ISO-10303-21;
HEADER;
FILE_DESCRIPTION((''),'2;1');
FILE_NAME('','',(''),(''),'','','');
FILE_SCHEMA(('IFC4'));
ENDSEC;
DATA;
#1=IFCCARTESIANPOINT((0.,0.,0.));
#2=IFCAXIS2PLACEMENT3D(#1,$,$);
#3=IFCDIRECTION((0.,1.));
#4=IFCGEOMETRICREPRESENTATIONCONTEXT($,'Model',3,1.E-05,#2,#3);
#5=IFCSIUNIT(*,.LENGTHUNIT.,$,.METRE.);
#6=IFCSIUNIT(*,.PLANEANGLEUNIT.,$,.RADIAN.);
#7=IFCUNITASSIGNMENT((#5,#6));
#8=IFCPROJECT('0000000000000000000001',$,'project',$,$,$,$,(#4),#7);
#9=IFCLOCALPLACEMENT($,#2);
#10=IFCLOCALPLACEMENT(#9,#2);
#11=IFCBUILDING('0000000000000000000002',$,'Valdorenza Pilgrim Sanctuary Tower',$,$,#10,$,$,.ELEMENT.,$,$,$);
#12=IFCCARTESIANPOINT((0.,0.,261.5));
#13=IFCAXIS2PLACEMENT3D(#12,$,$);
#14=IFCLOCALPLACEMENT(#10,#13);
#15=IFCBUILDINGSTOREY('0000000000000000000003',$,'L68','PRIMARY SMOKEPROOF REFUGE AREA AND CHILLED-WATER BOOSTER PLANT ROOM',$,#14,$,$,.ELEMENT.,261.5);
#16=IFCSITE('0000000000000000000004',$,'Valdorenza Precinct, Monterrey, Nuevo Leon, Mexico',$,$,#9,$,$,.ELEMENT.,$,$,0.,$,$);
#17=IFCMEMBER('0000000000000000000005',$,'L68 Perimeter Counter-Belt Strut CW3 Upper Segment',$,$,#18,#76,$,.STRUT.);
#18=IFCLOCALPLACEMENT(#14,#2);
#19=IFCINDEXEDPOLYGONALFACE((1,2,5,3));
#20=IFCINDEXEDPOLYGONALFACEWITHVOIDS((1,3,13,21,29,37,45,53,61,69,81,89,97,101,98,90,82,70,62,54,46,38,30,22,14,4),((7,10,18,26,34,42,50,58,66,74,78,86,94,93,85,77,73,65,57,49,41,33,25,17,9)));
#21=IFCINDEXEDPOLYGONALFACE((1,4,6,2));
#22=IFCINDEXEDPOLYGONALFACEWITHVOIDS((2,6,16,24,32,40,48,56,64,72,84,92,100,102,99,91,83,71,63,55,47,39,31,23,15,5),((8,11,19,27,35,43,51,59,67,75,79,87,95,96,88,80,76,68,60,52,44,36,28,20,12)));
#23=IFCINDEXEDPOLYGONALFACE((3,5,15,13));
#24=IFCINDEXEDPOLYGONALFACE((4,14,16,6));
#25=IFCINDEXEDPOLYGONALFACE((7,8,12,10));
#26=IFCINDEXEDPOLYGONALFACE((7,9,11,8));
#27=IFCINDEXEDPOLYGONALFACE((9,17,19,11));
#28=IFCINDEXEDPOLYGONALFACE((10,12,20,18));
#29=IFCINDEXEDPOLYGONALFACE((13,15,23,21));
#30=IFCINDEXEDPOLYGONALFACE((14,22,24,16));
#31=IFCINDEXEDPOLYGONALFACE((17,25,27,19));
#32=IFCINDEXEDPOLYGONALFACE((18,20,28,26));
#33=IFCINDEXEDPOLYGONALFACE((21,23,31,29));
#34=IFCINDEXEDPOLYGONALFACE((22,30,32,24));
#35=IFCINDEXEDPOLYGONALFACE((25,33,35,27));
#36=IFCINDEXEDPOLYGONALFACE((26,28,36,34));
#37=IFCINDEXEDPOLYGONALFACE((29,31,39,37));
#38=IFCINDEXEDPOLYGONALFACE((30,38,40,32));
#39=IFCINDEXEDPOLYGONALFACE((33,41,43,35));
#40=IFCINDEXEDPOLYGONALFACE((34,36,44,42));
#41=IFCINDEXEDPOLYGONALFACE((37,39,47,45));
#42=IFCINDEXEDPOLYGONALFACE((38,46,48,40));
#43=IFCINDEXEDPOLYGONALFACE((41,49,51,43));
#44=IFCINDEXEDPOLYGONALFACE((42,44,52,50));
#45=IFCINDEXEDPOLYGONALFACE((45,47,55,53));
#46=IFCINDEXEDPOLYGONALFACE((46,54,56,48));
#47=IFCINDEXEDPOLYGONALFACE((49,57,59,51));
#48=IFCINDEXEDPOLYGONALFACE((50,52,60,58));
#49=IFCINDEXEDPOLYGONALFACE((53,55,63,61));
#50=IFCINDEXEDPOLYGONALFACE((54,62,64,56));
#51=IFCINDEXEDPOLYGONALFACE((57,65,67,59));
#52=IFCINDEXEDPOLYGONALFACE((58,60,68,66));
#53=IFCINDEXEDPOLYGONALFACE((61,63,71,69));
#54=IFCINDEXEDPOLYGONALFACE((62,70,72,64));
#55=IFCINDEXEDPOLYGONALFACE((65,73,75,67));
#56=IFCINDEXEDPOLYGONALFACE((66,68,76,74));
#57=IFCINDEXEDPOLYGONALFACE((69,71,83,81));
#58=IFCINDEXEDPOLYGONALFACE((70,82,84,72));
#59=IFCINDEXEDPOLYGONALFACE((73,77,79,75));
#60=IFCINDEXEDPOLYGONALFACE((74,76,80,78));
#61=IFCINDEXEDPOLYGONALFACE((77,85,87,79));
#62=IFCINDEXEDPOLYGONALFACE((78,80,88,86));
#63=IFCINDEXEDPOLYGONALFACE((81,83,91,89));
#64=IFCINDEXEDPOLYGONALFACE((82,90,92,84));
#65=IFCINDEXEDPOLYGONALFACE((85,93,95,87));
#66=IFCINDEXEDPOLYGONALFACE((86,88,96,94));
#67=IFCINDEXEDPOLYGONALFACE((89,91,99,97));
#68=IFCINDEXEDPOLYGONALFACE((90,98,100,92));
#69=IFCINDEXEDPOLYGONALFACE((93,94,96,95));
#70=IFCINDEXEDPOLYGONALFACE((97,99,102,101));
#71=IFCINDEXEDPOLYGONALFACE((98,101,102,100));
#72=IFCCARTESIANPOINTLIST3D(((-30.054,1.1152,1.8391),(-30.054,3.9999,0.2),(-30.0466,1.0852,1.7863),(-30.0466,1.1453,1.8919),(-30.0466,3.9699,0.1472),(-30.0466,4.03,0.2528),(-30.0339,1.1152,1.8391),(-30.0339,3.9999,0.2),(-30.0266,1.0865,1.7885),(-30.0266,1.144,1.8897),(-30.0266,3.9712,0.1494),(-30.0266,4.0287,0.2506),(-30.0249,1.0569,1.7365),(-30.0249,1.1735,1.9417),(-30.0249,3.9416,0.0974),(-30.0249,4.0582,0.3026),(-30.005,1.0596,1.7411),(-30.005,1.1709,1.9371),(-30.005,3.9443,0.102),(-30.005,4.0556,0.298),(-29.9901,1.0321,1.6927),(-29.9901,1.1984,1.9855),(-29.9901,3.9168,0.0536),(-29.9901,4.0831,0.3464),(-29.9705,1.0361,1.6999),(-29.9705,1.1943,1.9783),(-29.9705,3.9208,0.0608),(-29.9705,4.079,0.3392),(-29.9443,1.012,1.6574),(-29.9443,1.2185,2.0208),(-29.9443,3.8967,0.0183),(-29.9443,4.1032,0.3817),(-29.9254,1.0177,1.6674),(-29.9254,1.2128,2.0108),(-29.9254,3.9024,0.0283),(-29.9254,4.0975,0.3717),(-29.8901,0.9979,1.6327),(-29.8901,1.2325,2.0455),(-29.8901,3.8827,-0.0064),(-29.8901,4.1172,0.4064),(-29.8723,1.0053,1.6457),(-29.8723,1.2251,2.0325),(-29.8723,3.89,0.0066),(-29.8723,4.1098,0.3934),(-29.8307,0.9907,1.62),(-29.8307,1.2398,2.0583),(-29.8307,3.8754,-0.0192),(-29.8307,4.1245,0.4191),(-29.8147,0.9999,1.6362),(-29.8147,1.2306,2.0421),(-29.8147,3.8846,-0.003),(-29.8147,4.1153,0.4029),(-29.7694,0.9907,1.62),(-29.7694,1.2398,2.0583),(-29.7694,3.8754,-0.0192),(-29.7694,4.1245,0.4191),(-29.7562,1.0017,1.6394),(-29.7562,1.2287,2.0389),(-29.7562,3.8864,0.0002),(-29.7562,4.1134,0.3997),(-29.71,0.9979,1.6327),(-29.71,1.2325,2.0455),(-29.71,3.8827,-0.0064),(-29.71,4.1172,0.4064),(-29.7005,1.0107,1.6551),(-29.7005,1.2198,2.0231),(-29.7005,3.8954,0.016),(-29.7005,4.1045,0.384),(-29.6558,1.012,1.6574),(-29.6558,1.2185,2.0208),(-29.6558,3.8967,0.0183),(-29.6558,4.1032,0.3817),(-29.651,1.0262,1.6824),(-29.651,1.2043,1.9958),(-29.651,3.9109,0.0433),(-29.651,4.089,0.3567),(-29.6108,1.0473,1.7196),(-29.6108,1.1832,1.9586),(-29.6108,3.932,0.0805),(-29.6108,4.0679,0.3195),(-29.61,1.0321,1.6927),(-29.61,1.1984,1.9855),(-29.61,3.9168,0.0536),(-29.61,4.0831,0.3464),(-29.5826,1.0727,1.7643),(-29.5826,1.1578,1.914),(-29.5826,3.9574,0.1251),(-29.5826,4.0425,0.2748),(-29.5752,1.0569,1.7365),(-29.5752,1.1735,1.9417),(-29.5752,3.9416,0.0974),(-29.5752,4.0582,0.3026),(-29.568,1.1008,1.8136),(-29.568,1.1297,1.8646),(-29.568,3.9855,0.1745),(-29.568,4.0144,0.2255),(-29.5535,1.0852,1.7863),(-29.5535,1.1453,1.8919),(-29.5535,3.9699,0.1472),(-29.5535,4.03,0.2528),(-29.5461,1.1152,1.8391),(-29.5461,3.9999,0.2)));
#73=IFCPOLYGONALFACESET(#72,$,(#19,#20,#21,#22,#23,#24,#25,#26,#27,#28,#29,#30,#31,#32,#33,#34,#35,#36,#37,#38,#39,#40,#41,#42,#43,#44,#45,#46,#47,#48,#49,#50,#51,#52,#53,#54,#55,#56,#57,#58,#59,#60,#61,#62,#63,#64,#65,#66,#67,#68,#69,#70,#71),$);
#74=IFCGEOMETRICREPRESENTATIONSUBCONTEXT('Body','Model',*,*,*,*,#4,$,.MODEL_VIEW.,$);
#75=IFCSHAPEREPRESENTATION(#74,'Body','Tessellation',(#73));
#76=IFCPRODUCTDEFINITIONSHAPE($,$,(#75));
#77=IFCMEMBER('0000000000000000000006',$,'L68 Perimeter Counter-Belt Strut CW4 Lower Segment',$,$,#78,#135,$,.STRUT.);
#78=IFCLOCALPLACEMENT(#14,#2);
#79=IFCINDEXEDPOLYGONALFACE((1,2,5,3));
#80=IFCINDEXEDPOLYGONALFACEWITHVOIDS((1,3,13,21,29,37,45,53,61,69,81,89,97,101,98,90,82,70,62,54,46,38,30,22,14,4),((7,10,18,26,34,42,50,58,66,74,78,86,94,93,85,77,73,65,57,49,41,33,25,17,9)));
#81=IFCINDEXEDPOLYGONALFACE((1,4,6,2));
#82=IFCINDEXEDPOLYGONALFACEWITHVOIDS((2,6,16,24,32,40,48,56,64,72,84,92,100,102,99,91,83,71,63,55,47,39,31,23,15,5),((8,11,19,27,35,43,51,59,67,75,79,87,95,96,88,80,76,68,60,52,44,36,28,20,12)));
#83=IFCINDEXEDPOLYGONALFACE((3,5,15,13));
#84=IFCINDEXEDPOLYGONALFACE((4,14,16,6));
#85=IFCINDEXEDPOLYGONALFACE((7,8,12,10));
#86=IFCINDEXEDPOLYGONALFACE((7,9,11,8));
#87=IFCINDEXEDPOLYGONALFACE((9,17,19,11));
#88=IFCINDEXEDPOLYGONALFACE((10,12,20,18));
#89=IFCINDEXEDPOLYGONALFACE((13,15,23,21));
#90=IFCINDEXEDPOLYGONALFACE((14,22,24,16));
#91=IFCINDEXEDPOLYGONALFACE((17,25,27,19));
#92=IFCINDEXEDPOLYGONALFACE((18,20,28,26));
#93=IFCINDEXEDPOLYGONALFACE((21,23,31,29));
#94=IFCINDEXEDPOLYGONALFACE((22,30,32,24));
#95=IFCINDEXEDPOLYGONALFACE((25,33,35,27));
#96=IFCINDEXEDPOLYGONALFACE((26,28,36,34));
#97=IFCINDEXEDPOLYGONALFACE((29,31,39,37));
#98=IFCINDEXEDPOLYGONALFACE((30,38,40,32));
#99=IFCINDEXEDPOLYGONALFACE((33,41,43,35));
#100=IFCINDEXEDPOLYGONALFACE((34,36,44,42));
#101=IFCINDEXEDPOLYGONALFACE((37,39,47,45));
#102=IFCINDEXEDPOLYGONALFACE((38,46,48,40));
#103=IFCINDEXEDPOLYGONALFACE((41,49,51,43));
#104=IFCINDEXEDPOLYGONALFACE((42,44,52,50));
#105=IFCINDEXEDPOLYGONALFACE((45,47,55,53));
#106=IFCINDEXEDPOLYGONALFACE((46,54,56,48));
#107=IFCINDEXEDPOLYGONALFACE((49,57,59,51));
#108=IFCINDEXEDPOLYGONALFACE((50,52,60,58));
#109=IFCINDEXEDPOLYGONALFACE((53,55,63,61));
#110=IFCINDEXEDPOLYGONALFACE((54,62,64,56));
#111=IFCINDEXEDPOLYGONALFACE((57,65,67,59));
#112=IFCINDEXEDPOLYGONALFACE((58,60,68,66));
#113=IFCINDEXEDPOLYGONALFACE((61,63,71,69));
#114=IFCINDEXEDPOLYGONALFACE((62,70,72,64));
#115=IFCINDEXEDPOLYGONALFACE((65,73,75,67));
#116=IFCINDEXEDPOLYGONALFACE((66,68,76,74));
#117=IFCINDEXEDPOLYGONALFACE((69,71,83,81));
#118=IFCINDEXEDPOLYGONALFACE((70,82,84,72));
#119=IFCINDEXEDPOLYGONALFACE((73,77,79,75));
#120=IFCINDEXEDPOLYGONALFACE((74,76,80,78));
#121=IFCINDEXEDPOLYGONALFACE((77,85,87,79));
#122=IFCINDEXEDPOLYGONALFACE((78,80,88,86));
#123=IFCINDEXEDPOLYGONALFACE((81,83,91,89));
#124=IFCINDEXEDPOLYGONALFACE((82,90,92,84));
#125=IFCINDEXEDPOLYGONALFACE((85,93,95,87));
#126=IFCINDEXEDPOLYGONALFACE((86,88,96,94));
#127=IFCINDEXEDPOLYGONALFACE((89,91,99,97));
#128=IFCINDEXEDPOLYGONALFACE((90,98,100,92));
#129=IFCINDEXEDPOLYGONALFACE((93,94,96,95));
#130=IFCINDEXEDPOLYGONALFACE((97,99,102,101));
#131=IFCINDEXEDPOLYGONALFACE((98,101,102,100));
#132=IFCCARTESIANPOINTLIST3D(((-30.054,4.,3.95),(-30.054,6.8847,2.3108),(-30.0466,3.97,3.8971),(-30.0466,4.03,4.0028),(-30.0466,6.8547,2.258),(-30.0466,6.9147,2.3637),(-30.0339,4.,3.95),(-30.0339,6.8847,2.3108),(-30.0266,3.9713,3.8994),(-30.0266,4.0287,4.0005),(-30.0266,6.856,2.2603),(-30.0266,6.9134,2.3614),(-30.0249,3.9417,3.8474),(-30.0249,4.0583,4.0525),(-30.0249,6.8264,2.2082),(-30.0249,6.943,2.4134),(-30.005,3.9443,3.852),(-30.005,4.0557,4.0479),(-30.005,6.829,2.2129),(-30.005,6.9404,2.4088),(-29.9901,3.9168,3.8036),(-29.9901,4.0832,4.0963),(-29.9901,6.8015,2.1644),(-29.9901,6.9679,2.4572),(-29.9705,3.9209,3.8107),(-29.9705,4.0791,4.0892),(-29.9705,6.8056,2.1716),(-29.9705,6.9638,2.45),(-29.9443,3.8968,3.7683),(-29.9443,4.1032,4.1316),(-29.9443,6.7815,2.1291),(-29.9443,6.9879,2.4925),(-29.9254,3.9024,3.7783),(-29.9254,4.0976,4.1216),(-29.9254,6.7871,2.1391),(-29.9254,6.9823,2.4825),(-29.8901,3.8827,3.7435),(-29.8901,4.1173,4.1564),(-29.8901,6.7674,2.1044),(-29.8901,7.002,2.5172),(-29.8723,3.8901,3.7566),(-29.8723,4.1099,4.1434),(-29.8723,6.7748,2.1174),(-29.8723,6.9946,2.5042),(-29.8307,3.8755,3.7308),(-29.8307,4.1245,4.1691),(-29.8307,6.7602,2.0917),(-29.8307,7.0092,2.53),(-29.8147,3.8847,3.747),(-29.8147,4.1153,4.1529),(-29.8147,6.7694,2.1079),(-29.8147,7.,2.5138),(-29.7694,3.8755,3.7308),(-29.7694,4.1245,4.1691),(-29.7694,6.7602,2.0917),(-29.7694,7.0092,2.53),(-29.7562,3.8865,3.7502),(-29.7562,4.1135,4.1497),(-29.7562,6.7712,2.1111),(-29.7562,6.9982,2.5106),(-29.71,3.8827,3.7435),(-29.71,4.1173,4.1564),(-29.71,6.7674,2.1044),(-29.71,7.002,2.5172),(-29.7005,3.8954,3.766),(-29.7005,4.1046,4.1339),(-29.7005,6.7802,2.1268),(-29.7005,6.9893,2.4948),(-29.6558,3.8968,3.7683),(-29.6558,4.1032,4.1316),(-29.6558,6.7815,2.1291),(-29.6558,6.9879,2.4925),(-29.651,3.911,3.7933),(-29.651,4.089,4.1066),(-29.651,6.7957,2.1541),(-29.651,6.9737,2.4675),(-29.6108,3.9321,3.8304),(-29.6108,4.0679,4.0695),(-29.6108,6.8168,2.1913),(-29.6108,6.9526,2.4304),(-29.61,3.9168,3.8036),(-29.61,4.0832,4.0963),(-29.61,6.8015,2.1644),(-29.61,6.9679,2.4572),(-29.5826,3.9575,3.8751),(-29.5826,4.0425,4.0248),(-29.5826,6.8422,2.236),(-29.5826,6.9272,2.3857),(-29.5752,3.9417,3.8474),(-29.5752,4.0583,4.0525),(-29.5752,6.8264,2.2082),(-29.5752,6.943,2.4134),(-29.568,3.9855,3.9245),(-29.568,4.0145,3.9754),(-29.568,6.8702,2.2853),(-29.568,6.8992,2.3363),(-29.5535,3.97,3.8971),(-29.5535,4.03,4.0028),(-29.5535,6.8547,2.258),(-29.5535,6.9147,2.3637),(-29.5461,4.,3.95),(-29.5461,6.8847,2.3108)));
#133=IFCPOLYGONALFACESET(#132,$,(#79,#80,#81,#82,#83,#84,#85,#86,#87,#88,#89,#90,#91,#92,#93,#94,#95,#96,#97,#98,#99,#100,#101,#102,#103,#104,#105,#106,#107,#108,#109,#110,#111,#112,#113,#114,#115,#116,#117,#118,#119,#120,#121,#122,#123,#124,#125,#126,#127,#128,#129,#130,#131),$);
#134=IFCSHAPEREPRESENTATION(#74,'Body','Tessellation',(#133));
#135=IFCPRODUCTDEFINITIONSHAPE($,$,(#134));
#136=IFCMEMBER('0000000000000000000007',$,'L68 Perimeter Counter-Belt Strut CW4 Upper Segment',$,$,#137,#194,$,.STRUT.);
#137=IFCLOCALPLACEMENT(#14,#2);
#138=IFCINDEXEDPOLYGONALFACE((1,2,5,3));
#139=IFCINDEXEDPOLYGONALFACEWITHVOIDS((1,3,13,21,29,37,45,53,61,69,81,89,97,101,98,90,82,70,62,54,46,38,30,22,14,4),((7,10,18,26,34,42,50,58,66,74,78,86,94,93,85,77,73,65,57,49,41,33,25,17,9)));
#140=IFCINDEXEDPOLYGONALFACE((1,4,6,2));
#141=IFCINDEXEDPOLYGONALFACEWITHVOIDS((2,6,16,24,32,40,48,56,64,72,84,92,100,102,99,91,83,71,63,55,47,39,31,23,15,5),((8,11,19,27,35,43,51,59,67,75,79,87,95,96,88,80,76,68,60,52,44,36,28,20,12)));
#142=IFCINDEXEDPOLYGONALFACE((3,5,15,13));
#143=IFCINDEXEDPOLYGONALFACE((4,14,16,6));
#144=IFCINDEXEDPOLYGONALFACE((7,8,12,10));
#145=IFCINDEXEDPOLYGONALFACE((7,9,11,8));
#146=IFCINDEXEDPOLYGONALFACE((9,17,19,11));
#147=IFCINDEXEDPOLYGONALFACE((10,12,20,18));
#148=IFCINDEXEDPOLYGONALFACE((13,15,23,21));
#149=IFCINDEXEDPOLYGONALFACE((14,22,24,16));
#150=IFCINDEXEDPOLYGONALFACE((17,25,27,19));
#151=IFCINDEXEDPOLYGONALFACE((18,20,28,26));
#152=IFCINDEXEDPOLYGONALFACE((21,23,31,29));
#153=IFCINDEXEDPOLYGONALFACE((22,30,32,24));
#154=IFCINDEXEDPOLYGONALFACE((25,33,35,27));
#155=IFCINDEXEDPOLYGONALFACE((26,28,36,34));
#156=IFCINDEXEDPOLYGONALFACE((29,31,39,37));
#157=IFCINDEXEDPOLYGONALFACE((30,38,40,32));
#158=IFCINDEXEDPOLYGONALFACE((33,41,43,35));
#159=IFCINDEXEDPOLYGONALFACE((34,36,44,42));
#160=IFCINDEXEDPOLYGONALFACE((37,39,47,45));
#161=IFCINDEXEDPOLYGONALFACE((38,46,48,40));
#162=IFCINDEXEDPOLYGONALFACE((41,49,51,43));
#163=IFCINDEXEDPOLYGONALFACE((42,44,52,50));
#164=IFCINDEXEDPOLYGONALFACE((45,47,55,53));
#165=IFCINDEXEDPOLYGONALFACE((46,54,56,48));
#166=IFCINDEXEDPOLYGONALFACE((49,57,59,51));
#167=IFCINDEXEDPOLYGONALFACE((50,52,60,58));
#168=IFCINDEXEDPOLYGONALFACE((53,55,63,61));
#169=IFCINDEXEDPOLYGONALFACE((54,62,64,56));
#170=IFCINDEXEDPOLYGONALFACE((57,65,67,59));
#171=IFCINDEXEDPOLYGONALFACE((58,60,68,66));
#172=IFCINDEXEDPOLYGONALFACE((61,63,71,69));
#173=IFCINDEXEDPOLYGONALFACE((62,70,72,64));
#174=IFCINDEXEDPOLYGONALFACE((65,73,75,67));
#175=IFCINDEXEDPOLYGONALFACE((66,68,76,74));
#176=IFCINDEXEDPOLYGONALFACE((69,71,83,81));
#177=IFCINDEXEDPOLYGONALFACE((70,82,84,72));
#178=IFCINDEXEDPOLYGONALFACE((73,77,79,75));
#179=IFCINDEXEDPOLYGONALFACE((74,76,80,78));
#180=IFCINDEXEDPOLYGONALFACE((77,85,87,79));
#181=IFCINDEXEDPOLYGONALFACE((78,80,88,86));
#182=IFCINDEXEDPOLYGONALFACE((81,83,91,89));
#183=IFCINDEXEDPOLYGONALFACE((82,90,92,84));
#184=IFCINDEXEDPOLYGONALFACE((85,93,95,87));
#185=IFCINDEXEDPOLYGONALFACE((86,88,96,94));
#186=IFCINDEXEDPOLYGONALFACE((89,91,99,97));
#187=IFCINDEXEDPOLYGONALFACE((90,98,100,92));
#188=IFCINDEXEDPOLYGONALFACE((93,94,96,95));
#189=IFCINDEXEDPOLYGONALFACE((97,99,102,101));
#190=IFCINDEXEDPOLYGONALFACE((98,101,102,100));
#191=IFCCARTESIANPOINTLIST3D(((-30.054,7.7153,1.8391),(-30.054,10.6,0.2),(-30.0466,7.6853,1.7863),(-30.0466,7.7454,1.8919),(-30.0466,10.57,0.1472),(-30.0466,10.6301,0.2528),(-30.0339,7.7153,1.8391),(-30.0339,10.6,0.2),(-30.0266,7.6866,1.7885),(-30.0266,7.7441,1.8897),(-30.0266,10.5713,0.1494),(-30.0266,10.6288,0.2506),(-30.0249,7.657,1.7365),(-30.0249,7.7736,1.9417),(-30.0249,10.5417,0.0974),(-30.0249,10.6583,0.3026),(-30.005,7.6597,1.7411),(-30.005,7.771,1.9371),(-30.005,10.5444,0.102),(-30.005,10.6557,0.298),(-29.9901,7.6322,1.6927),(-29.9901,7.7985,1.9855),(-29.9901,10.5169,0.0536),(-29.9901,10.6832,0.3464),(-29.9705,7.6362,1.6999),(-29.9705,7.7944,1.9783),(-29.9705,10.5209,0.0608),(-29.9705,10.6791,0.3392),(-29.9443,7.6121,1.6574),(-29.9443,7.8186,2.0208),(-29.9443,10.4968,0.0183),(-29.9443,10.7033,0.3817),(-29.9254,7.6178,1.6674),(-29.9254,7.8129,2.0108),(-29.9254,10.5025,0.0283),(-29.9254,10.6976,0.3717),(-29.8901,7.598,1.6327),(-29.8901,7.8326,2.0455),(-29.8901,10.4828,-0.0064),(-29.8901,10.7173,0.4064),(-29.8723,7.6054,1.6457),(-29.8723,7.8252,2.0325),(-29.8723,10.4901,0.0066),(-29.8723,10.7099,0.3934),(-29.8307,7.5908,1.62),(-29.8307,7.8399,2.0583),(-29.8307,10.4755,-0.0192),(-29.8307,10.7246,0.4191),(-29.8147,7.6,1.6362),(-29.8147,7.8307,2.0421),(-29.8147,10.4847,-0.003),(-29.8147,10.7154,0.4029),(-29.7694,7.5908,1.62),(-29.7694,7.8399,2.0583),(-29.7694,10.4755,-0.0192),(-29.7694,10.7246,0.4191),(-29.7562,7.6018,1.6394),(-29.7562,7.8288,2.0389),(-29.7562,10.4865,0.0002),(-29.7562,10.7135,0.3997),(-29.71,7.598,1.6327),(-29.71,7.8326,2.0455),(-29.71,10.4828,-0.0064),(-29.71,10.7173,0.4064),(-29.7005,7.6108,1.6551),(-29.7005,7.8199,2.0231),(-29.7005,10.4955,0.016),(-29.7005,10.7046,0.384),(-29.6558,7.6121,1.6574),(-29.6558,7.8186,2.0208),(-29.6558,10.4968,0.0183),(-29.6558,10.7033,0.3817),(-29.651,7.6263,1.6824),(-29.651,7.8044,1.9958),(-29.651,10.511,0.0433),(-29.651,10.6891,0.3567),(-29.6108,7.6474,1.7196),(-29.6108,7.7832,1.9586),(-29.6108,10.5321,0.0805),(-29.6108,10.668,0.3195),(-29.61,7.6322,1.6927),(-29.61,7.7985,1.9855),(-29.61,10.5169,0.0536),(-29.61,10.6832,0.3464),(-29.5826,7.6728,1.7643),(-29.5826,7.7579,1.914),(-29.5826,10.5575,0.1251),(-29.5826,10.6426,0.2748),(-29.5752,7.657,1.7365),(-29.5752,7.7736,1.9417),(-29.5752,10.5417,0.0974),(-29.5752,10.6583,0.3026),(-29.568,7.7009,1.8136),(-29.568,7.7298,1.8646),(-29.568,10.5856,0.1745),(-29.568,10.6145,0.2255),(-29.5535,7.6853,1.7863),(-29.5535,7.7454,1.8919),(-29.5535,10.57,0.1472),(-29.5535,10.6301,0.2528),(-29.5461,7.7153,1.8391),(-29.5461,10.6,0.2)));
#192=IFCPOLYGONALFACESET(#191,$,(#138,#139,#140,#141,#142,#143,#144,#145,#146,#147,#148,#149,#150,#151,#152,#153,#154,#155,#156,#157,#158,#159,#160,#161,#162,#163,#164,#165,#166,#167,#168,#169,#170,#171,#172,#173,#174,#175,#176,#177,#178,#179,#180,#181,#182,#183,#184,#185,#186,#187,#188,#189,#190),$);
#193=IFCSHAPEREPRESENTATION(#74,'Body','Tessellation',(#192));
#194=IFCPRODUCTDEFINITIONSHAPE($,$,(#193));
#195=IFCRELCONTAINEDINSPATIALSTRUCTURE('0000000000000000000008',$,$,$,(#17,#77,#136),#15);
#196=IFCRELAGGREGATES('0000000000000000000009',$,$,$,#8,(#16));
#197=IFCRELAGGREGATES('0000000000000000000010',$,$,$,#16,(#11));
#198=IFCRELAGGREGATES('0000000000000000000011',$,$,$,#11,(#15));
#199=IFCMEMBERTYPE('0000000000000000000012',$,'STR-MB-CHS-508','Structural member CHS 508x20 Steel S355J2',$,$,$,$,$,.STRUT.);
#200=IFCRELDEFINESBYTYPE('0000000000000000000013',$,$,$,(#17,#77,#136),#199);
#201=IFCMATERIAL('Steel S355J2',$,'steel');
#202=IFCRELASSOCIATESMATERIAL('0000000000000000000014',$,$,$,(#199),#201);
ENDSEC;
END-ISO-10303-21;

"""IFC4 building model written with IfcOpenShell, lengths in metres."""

from ifc_helpers import new_model, si_unit, direction, frame, origin, origin_2d, place, context, subcontext, project, spatial, hollow_circle, extrude, source, transform, mapped, material, material_profile, profile_set, type_object, element, save


model = new_model("IFC4")

# Units and contexts
model_context = context("Model", 3, precision=1e-05, world=origin(), true_north=direction((0.0, 1.0)))
body_context = subcontext(model_context, "Body", "Model", "MODEL_VIEW")
ifc_project = project(units=[si_unit("LENGTHUNIT", "METRE"), si_unit("PLANEANGLEUNIT", "RADIAN")], contexts=[model_context])

# Site, building, storey
site_placement = place(None, origin())
site = spatial("IfcSite", under=ifc_project, at=site_placement, Name="Valdorenza Precinct, Monterrey, Nuevo Leon, Mexico", CompositionType="ELEMENT", RefElevation=0.0)
building_placement = place(site_placement, origin())
building = spatial("IfcBuilding", under=site, at=building_placement, Name="Valdorenza Pilgrim Sanctuary Tower", CompositionType="ELEMENT")
storey_placement = place(building_placement, frame((0.0, 0.0, 261.5)))
storey = spatial("IfcBuildingStorey", under=building, at=storey_placement, Name="L68", Description="PRIMARY SMOKEPROOF REFUGE AREA AND CHILLED-WATER BOOSTER PLANT ROOM", CompositionType="ELEMENT", Elevation=261.5)

# Members
ifc_material_1 = material(Name="Steel S355J2", Category="steel")
ifc_material_profile_1 = material_profile(ifc_material_1, hollow_circle(Radius=0.2539, WallThickness=0.02, at=origin_2d()), Name="CHS 508x20")
ifc_profile_set_1 = profile_set([ifc_material_profile_1], Name="Steel S355J2")
member_type_1 = type_object("IfcMemberType", Name="STR-MB-CHS-508", Description="Structural member CHS 508x20 Steel S355J2", PredefinedType="STRUT", material=ifc_profile_set_1)
shared_shape_1 = source(origin(), body_context, "Body", "SweptSolid", [
    extrude(hollow_circle(Radius=0.2539, WallThickness=0.02, at=origin_2d()), origin(), (0.0, 0.0, 1.0), 3.3179),
])
for number, where, z_axis, x_axis, name in (
    (1, (-29.8, 1.1152, 1.8391), (0.0, 0.869445, -0.49403), (-1.0, 0.0, 0.0), "L68 Perimeter Counter-Belt Strut CW3 Upper Segment"),
    (2, (-29.8, 4.0, 3.95), (0.0, 0.869445, -0.49403), (-1.0, 0.0, 0.0), "L68 Perimeter Counter-Belt Strut CW4 Lower Segment"),
    (3, (-29.8, 7.7153, 1.8391), (0.0, 0.869445, -0.49403), (-1.0, 0.0, 0.0), "L68 Perimeter Counter-Belt Strut CW4 Upper Segment"),
):
    element("IfcMember", number, at=place(storey_placement, frame(where, z_axis=z_axis, x_axis=x_axis)), inside=storey, type_object=member_type_1, Name=name, PredefinedType="STRUT", context=body_context, shape_type="MappedRepresentation", body=[
        mapped(shared_shape_1, transform((0.0, 0.0, 0.0), x_axis=(1.0, 0.0, 0.0), y_axis=(0.0, 1.0, 0.0), z_axis=(0.0, 0.0, 1.0), scale=1.0)),
    ])

save(model, "model.ifc")
